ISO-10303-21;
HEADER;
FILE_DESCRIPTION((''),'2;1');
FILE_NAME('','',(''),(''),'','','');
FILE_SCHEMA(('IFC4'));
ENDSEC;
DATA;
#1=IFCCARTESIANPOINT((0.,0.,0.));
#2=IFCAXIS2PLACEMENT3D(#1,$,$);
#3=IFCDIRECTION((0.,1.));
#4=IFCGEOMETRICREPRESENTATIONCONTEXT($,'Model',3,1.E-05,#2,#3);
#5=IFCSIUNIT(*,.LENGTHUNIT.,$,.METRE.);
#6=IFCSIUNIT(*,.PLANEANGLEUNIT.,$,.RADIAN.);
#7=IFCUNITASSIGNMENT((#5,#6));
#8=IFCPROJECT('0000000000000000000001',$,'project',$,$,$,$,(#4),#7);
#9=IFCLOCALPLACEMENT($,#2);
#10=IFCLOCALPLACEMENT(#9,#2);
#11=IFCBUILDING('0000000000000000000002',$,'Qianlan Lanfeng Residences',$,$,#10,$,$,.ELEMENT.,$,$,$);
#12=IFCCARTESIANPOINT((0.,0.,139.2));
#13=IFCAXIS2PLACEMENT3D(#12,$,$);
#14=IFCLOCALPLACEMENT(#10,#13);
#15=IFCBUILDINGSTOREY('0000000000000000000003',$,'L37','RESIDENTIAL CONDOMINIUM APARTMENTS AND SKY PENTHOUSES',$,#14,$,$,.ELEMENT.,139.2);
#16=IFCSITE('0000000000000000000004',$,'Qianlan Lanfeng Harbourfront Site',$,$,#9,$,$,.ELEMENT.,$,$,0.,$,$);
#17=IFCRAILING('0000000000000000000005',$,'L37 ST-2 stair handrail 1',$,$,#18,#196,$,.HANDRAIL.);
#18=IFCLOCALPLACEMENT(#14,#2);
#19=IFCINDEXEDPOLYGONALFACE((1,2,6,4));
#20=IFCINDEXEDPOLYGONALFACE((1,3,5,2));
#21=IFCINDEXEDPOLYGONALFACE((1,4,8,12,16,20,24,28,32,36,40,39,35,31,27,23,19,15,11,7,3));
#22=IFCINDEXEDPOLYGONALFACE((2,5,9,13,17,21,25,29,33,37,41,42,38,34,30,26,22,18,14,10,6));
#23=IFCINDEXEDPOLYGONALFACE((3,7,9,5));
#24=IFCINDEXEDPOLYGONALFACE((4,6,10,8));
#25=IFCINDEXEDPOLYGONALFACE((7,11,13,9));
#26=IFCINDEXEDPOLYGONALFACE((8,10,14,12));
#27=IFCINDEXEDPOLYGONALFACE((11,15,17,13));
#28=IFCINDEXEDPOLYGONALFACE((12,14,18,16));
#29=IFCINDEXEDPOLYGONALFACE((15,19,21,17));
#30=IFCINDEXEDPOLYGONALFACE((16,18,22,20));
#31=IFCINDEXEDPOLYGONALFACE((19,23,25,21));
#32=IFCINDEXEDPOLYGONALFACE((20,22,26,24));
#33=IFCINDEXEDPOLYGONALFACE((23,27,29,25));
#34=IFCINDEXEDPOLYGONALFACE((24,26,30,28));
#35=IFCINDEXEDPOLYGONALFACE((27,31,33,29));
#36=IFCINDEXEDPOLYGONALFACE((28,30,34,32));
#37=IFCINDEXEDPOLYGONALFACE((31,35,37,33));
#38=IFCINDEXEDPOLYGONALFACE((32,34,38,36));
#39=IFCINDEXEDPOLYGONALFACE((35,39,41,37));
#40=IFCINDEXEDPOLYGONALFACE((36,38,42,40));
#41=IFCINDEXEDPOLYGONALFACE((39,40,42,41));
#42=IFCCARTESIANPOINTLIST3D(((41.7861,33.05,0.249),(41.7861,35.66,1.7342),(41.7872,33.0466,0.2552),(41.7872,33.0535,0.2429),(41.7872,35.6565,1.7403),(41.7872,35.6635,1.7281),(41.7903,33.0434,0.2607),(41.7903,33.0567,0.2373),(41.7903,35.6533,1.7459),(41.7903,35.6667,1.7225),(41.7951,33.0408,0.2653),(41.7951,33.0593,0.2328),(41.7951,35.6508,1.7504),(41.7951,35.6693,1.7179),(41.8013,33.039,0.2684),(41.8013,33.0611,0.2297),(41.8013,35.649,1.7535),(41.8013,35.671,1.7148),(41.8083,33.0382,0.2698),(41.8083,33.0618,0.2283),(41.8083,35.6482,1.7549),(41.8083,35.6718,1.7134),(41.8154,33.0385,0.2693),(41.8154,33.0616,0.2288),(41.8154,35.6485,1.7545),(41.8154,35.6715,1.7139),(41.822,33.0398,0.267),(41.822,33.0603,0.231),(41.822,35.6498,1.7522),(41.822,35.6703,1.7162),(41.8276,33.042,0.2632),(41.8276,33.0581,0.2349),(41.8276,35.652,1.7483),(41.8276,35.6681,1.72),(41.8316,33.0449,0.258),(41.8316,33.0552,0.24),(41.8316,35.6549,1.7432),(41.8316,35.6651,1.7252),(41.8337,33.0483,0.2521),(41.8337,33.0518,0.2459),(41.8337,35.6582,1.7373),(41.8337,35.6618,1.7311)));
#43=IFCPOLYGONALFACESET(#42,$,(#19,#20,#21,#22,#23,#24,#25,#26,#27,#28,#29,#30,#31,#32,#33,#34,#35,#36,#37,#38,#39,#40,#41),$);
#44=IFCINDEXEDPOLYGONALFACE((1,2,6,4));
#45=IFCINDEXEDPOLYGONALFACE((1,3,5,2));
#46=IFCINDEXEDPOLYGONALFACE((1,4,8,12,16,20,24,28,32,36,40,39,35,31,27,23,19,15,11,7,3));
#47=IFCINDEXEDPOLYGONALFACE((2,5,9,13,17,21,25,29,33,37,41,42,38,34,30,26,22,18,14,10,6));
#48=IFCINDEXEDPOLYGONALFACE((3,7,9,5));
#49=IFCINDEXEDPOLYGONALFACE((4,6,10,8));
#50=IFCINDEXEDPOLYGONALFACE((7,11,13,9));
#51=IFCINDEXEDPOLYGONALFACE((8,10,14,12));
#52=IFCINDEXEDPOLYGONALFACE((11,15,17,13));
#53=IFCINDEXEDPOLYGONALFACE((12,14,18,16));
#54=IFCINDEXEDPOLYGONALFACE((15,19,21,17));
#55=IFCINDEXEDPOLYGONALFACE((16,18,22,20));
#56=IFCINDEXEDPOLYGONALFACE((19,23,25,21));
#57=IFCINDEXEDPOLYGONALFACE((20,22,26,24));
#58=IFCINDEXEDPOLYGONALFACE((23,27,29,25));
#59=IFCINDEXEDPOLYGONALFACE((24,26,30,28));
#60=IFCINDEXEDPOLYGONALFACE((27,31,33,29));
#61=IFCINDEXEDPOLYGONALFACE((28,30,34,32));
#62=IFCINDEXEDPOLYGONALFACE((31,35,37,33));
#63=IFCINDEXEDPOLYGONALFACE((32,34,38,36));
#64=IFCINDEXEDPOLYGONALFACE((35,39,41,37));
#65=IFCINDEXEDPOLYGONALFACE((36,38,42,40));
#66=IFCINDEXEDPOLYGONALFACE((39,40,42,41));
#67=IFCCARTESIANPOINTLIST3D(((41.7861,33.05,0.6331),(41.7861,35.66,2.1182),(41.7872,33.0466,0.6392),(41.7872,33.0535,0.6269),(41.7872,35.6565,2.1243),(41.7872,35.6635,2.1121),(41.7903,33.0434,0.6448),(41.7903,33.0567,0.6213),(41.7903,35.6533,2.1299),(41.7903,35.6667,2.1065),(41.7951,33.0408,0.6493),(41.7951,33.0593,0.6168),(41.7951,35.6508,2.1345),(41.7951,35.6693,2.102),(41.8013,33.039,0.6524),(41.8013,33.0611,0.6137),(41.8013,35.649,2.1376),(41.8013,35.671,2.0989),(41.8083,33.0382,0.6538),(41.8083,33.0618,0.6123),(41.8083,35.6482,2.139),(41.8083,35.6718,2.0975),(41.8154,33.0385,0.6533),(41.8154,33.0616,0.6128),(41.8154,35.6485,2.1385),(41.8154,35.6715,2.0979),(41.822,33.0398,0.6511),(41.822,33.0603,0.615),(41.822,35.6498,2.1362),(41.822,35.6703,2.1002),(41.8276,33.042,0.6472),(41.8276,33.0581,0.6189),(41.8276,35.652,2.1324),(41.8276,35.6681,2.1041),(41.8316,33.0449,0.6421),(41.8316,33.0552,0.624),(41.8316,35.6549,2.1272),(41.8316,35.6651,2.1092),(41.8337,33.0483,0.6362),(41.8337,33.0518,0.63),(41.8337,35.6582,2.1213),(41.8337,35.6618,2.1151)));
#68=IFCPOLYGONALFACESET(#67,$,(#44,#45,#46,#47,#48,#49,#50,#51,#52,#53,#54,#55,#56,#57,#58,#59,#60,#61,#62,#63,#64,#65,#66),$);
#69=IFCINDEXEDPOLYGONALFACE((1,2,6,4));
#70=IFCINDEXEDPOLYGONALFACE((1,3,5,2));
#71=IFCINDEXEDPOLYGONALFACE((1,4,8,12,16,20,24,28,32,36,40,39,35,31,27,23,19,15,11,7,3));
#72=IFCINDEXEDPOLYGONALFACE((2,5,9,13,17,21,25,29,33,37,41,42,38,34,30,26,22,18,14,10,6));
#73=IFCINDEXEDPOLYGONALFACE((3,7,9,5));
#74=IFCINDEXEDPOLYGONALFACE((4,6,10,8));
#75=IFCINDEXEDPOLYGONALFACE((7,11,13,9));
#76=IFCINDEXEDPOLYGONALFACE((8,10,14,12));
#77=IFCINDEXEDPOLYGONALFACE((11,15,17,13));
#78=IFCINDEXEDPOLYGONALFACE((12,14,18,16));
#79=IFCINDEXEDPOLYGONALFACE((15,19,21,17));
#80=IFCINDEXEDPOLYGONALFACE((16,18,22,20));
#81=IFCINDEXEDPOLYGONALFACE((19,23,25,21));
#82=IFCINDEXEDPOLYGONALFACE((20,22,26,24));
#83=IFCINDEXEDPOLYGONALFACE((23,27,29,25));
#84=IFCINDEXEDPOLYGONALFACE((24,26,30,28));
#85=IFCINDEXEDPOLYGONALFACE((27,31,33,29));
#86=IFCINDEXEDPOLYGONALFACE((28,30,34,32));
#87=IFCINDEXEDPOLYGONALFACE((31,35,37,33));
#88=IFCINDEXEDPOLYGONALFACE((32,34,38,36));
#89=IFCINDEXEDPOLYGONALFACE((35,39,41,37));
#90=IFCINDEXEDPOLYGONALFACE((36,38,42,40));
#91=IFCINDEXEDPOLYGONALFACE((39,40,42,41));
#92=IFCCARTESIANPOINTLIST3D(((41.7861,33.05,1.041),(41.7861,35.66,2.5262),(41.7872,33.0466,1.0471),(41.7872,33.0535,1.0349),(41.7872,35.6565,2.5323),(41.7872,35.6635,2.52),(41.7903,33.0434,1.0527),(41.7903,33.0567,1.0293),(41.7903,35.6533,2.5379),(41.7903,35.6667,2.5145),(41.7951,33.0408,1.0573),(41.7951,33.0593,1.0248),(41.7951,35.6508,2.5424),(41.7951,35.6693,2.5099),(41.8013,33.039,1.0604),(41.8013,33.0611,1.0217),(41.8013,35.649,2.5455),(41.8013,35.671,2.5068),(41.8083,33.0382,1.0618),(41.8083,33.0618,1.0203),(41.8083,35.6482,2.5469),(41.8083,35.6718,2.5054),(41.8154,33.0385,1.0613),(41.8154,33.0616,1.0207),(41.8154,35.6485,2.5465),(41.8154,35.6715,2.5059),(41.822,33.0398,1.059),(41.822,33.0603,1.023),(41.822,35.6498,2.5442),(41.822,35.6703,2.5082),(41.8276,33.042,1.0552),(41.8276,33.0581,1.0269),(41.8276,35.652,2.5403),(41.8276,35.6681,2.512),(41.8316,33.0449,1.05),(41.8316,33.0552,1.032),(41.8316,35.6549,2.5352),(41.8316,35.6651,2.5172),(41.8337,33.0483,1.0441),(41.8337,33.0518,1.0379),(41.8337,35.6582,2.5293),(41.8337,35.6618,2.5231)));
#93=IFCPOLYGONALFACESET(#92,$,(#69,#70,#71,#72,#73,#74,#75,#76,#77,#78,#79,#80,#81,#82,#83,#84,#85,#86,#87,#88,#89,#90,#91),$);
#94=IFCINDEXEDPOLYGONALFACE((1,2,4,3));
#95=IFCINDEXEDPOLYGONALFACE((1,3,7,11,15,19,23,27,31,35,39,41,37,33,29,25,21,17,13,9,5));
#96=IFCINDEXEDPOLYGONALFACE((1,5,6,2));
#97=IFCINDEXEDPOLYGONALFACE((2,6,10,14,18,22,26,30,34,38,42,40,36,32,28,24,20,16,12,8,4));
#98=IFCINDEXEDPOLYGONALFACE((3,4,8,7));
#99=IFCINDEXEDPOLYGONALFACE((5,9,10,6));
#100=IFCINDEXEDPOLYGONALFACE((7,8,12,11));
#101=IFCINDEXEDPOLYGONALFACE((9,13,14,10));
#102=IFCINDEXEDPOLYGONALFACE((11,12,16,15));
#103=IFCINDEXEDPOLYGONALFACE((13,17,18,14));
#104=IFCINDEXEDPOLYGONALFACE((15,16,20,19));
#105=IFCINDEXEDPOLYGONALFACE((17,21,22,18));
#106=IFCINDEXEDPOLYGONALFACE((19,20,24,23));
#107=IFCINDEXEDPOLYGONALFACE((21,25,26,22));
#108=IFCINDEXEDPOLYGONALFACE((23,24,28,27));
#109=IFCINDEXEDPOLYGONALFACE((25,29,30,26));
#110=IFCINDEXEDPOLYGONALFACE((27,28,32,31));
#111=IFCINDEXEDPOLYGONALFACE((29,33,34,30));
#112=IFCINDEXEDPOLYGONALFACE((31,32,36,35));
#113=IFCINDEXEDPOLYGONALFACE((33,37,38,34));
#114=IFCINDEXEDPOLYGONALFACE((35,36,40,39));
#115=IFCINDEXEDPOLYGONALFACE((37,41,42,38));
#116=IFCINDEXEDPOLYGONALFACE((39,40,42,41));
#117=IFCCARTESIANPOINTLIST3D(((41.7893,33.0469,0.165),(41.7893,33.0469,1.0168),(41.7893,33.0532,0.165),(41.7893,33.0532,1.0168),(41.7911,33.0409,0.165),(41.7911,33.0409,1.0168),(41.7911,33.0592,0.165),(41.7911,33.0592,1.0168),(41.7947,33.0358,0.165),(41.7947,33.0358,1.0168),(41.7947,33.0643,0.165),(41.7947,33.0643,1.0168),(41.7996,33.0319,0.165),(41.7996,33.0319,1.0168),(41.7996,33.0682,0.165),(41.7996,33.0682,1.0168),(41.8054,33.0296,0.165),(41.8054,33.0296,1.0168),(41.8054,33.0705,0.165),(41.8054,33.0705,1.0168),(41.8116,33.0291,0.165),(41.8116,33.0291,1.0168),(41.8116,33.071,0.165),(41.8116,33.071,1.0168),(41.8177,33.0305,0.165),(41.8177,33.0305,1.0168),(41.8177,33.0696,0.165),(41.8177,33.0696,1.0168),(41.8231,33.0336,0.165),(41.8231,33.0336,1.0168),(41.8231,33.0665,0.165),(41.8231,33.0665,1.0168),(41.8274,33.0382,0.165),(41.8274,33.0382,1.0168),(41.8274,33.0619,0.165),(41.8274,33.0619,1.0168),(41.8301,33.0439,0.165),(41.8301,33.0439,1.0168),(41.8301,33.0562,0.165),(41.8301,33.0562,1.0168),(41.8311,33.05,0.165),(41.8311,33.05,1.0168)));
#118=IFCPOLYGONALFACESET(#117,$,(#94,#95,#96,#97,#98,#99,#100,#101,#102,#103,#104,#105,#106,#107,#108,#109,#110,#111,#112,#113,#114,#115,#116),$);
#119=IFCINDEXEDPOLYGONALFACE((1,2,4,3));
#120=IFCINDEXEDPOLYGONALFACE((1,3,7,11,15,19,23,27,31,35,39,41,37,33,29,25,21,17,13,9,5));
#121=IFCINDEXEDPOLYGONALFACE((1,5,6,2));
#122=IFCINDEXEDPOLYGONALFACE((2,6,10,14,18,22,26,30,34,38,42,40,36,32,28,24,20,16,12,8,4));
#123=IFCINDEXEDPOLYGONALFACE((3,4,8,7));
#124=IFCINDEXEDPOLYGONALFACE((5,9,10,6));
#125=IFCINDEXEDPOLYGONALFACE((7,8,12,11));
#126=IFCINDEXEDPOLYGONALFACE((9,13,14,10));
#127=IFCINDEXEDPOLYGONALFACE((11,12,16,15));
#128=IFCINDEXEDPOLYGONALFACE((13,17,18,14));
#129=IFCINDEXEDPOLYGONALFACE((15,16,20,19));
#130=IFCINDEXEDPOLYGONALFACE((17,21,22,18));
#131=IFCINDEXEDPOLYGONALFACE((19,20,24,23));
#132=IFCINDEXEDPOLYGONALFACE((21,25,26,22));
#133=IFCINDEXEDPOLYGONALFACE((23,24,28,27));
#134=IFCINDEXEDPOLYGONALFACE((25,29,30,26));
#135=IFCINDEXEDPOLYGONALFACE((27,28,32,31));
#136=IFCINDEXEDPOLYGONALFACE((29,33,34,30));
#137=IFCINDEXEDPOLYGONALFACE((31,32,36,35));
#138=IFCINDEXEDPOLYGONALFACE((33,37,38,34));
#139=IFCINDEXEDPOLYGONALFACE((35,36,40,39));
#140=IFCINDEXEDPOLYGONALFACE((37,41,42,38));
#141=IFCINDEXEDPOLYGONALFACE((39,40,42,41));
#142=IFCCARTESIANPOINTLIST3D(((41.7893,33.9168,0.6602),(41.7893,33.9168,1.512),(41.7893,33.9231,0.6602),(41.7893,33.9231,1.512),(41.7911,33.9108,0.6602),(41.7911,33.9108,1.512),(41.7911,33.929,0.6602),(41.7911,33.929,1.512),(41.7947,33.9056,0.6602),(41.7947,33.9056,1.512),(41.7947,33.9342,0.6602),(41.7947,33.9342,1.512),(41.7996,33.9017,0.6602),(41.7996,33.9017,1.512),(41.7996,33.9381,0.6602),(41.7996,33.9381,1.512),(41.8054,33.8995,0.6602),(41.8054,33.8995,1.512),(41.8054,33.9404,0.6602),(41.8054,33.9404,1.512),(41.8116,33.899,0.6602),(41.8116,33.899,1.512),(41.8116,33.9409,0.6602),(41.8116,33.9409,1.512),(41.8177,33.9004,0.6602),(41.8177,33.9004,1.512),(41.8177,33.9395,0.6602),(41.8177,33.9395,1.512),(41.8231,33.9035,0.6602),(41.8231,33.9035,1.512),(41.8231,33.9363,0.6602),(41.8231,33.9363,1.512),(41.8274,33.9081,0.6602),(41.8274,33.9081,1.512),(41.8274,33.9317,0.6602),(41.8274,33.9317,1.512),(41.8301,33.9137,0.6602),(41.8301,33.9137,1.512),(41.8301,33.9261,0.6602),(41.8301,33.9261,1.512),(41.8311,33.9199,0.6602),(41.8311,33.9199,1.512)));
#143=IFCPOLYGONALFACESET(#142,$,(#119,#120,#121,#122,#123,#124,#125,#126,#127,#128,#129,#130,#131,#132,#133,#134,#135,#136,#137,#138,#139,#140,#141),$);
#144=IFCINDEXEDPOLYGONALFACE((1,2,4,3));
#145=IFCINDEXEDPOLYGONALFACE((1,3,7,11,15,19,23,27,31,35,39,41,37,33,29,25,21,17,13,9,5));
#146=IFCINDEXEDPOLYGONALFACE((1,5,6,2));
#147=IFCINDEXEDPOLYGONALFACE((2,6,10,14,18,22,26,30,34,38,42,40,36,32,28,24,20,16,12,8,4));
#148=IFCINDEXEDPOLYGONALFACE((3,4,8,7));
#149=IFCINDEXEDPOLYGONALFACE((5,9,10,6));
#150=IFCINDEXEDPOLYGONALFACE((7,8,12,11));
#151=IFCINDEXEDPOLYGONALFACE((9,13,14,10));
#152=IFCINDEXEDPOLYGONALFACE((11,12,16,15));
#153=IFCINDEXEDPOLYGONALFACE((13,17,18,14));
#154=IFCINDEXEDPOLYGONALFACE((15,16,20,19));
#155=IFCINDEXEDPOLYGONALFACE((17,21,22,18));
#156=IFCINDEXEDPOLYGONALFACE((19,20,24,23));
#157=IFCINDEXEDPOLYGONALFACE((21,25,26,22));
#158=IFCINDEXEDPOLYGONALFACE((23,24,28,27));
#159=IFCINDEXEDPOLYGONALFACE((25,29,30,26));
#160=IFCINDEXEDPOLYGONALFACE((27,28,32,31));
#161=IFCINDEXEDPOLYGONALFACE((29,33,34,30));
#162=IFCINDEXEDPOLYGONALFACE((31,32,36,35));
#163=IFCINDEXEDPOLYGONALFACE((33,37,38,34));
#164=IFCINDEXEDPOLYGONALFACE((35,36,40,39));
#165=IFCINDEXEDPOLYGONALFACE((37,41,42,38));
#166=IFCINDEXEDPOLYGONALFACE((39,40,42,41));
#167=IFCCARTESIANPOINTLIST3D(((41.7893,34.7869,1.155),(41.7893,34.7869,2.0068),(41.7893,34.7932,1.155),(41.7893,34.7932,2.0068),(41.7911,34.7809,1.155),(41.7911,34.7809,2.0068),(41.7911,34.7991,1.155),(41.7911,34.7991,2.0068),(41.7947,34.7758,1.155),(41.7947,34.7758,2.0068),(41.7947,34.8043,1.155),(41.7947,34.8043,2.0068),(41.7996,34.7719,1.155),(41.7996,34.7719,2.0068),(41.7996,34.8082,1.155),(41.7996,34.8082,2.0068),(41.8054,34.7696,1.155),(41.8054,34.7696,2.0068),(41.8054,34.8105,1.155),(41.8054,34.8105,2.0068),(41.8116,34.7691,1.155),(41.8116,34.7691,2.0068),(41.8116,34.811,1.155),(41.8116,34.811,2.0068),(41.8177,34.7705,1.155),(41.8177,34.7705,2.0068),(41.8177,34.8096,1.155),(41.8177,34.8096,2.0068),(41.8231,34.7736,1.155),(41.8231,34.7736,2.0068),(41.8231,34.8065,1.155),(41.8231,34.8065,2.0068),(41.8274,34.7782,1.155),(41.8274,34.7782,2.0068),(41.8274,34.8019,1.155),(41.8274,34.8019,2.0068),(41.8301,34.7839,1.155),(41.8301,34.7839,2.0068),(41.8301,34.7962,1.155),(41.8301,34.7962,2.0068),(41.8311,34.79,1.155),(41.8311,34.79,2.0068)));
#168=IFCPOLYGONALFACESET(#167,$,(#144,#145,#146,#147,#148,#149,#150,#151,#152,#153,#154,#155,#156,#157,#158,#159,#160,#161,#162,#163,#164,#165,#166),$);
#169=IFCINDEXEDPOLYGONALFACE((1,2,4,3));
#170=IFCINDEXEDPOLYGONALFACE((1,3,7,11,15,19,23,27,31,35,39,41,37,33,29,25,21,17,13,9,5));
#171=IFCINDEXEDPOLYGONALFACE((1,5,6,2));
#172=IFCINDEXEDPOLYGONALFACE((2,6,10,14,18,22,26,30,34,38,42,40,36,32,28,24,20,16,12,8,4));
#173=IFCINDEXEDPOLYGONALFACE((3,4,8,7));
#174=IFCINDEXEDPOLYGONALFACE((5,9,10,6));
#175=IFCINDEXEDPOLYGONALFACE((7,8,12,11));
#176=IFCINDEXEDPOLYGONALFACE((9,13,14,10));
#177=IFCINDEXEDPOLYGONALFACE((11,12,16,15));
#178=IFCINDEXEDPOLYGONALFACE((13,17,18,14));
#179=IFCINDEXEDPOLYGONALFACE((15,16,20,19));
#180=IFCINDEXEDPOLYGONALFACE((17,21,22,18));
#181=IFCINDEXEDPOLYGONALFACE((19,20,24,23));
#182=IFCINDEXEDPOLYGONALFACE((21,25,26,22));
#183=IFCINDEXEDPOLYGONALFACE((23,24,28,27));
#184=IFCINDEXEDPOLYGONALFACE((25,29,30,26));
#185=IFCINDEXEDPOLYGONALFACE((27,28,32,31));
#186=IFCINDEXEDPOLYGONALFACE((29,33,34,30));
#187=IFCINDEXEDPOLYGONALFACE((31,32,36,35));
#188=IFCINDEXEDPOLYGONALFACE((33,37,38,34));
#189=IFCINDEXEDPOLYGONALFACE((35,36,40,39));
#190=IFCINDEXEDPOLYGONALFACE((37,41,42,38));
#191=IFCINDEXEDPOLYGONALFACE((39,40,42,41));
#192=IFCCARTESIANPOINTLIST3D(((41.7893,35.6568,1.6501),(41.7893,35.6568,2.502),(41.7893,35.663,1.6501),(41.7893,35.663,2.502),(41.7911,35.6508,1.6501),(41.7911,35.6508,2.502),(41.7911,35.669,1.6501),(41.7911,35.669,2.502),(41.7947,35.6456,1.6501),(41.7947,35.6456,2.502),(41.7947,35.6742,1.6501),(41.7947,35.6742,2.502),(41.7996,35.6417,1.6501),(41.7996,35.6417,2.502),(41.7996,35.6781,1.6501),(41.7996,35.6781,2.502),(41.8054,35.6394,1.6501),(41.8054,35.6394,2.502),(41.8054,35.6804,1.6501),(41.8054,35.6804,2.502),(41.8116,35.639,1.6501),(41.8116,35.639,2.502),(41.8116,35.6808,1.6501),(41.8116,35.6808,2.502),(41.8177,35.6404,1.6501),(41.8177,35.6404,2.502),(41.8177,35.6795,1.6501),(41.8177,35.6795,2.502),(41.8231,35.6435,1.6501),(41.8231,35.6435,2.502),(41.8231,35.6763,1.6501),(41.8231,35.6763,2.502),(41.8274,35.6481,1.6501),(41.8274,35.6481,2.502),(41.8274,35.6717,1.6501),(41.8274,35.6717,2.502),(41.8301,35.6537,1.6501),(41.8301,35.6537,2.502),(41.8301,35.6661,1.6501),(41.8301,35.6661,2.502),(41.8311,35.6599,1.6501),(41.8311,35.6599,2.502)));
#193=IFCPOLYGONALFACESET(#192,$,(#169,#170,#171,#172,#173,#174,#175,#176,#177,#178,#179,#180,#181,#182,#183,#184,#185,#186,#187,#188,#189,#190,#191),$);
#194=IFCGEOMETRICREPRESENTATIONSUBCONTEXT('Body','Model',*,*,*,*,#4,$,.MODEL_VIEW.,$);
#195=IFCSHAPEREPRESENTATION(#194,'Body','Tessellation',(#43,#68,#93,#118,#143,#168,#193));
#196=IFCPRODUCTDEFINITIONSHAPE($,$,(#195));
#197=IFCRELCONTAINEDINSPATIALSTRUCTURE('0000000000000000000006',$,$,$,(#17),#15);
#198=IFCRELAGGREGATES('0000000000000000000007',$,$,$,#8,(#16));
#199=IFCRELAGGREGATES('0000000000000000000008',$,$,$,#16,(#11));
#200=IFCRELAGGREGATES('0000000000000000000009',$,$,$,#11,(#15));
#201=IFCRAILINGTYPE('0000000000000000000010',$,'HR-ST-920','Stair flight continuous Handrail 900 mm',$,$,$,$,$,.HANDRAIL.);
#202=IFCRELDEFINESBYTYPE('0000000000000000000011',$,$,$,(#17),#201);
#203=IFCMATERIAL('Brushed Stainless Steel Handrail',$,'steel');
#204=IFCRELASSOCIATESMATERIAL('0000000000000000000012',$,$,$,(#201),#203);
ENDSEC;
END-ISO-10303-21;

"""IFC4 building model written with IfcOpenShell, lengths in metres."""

from ifc_helpers import new_model, si_unit, direction, frame, origin, origin_2d, place, context, subcontext, project, spatial, circle, extrude, material, type_object, element, save


model = new_model("IFC4")

# Units and contexts
model_context = context("Model", 3, precision=1e-05, world=origin(), true_north=direction((0.0, 1.0)))
body_context = subcontext(model_context, "Body", "Model", "MODEL_VIEW")
ifc_project = project(units=[si_unit("LENGTHUNIT", "METRE"), si_unit("PLANEANGLEUNIT", "RADIAN")], contexts=[model_context])

# Site, building, storey
site_placement = place(None, origin())
site = spatial("IfcSite", under=ifc_project, at=site_placement, Name="Qianlan Lanfeng Harbourfront Site", CompositionType="ELEMENT", RefElevation=0.0)
building_placement = place(site_placement, origin())
building = spatial("IfcBuilding", under=site, at=building_placement, Name="Qianlan Lanfeng Residences", CompositionType="ELEMENT")
storey_placement = place(building_placement, frame((0.0, 0.0, 139.2)))
storey = spatial("IfcBuildingStorey", under=building, at=storey_placement, Name="L37", Description="RESIDENTIAL CONDOMINIUM APARTMENTS AND SKY PENTHOUSES", CompositionType="ELEMENT", Elevation=139.2)

# Railing
ifc_material_1 = material(Name="Brushed Stainless Steel Handrail", Category="steel")
railing_type_1 = type_object("IfcRailingType", Name="HR-ST-920", Description="Stair flight continuous Handrail 900 mm", PredefinedType="HANDRAIL", material=ifc_material_1)
railing_1_placement = place(storey_placement, frame((41.8101, 33.05, 0.165)))
element("IfcRailing", 1, at=railing_1_placement, inside=storey, type_object=railing_type_1, Name="L37 ST-2 stair handrail 1", PredefinedType="HANDRAIL", context=body_context, shape_type="SweptSolid", body=[
    extrude(circle(Radius=0.0239, at=origin_2d()), frame((0.0, 0.0, 0.084), z_axis=(0.0, 0.869137, 0.494571), x_axis=(-1.0, 0.0, 0.0)), (0.0, 0.0, 1.0), 3.0029),
    extrude(circle(Radius=0.0239, at=origin_2d()), frame((0.0, 0.0, 0.468), z_axis=(0.0, 0.869137, 0.494571), x_axis=(-1.0, 0.0, 0.0)), (0.0, 0.0, 1.0), 3.0029),
    extrude(circle(Radius=0.0239, at=origin_2d()), frame((0.0, 0.0, 0.876), z_axis=(0.0, 0.869137, 0.494571), x_axis=(-1.0, 0.0, 0.0)), (0.0, 0.0, 1.0), 3.0029),
    extrude(circle(Radius=0.021, at=origin_2d()), origin(), (0.0, 0.0, 1.0), 0.8518),
    extrude(circle(Radius=0.021, at=origin_2d()), frame((0.0, 0.8699, 0.4951)), (0.0, 0.0, 1.0), 0.8518),
    extrude(circle(Radius=0.021, at=origin_2d()), frame((0.0, 1.74, 0.99)), (0.0, 0.0, 1.0), 0.8518),
    extrude(circle(Radius=0.021, at=origin_2d()), frame((0.0, 2.6099, 1.4851)), (0.0, 0.0, 1.0), 0.8518),
])

save(model, "model.ifc")
